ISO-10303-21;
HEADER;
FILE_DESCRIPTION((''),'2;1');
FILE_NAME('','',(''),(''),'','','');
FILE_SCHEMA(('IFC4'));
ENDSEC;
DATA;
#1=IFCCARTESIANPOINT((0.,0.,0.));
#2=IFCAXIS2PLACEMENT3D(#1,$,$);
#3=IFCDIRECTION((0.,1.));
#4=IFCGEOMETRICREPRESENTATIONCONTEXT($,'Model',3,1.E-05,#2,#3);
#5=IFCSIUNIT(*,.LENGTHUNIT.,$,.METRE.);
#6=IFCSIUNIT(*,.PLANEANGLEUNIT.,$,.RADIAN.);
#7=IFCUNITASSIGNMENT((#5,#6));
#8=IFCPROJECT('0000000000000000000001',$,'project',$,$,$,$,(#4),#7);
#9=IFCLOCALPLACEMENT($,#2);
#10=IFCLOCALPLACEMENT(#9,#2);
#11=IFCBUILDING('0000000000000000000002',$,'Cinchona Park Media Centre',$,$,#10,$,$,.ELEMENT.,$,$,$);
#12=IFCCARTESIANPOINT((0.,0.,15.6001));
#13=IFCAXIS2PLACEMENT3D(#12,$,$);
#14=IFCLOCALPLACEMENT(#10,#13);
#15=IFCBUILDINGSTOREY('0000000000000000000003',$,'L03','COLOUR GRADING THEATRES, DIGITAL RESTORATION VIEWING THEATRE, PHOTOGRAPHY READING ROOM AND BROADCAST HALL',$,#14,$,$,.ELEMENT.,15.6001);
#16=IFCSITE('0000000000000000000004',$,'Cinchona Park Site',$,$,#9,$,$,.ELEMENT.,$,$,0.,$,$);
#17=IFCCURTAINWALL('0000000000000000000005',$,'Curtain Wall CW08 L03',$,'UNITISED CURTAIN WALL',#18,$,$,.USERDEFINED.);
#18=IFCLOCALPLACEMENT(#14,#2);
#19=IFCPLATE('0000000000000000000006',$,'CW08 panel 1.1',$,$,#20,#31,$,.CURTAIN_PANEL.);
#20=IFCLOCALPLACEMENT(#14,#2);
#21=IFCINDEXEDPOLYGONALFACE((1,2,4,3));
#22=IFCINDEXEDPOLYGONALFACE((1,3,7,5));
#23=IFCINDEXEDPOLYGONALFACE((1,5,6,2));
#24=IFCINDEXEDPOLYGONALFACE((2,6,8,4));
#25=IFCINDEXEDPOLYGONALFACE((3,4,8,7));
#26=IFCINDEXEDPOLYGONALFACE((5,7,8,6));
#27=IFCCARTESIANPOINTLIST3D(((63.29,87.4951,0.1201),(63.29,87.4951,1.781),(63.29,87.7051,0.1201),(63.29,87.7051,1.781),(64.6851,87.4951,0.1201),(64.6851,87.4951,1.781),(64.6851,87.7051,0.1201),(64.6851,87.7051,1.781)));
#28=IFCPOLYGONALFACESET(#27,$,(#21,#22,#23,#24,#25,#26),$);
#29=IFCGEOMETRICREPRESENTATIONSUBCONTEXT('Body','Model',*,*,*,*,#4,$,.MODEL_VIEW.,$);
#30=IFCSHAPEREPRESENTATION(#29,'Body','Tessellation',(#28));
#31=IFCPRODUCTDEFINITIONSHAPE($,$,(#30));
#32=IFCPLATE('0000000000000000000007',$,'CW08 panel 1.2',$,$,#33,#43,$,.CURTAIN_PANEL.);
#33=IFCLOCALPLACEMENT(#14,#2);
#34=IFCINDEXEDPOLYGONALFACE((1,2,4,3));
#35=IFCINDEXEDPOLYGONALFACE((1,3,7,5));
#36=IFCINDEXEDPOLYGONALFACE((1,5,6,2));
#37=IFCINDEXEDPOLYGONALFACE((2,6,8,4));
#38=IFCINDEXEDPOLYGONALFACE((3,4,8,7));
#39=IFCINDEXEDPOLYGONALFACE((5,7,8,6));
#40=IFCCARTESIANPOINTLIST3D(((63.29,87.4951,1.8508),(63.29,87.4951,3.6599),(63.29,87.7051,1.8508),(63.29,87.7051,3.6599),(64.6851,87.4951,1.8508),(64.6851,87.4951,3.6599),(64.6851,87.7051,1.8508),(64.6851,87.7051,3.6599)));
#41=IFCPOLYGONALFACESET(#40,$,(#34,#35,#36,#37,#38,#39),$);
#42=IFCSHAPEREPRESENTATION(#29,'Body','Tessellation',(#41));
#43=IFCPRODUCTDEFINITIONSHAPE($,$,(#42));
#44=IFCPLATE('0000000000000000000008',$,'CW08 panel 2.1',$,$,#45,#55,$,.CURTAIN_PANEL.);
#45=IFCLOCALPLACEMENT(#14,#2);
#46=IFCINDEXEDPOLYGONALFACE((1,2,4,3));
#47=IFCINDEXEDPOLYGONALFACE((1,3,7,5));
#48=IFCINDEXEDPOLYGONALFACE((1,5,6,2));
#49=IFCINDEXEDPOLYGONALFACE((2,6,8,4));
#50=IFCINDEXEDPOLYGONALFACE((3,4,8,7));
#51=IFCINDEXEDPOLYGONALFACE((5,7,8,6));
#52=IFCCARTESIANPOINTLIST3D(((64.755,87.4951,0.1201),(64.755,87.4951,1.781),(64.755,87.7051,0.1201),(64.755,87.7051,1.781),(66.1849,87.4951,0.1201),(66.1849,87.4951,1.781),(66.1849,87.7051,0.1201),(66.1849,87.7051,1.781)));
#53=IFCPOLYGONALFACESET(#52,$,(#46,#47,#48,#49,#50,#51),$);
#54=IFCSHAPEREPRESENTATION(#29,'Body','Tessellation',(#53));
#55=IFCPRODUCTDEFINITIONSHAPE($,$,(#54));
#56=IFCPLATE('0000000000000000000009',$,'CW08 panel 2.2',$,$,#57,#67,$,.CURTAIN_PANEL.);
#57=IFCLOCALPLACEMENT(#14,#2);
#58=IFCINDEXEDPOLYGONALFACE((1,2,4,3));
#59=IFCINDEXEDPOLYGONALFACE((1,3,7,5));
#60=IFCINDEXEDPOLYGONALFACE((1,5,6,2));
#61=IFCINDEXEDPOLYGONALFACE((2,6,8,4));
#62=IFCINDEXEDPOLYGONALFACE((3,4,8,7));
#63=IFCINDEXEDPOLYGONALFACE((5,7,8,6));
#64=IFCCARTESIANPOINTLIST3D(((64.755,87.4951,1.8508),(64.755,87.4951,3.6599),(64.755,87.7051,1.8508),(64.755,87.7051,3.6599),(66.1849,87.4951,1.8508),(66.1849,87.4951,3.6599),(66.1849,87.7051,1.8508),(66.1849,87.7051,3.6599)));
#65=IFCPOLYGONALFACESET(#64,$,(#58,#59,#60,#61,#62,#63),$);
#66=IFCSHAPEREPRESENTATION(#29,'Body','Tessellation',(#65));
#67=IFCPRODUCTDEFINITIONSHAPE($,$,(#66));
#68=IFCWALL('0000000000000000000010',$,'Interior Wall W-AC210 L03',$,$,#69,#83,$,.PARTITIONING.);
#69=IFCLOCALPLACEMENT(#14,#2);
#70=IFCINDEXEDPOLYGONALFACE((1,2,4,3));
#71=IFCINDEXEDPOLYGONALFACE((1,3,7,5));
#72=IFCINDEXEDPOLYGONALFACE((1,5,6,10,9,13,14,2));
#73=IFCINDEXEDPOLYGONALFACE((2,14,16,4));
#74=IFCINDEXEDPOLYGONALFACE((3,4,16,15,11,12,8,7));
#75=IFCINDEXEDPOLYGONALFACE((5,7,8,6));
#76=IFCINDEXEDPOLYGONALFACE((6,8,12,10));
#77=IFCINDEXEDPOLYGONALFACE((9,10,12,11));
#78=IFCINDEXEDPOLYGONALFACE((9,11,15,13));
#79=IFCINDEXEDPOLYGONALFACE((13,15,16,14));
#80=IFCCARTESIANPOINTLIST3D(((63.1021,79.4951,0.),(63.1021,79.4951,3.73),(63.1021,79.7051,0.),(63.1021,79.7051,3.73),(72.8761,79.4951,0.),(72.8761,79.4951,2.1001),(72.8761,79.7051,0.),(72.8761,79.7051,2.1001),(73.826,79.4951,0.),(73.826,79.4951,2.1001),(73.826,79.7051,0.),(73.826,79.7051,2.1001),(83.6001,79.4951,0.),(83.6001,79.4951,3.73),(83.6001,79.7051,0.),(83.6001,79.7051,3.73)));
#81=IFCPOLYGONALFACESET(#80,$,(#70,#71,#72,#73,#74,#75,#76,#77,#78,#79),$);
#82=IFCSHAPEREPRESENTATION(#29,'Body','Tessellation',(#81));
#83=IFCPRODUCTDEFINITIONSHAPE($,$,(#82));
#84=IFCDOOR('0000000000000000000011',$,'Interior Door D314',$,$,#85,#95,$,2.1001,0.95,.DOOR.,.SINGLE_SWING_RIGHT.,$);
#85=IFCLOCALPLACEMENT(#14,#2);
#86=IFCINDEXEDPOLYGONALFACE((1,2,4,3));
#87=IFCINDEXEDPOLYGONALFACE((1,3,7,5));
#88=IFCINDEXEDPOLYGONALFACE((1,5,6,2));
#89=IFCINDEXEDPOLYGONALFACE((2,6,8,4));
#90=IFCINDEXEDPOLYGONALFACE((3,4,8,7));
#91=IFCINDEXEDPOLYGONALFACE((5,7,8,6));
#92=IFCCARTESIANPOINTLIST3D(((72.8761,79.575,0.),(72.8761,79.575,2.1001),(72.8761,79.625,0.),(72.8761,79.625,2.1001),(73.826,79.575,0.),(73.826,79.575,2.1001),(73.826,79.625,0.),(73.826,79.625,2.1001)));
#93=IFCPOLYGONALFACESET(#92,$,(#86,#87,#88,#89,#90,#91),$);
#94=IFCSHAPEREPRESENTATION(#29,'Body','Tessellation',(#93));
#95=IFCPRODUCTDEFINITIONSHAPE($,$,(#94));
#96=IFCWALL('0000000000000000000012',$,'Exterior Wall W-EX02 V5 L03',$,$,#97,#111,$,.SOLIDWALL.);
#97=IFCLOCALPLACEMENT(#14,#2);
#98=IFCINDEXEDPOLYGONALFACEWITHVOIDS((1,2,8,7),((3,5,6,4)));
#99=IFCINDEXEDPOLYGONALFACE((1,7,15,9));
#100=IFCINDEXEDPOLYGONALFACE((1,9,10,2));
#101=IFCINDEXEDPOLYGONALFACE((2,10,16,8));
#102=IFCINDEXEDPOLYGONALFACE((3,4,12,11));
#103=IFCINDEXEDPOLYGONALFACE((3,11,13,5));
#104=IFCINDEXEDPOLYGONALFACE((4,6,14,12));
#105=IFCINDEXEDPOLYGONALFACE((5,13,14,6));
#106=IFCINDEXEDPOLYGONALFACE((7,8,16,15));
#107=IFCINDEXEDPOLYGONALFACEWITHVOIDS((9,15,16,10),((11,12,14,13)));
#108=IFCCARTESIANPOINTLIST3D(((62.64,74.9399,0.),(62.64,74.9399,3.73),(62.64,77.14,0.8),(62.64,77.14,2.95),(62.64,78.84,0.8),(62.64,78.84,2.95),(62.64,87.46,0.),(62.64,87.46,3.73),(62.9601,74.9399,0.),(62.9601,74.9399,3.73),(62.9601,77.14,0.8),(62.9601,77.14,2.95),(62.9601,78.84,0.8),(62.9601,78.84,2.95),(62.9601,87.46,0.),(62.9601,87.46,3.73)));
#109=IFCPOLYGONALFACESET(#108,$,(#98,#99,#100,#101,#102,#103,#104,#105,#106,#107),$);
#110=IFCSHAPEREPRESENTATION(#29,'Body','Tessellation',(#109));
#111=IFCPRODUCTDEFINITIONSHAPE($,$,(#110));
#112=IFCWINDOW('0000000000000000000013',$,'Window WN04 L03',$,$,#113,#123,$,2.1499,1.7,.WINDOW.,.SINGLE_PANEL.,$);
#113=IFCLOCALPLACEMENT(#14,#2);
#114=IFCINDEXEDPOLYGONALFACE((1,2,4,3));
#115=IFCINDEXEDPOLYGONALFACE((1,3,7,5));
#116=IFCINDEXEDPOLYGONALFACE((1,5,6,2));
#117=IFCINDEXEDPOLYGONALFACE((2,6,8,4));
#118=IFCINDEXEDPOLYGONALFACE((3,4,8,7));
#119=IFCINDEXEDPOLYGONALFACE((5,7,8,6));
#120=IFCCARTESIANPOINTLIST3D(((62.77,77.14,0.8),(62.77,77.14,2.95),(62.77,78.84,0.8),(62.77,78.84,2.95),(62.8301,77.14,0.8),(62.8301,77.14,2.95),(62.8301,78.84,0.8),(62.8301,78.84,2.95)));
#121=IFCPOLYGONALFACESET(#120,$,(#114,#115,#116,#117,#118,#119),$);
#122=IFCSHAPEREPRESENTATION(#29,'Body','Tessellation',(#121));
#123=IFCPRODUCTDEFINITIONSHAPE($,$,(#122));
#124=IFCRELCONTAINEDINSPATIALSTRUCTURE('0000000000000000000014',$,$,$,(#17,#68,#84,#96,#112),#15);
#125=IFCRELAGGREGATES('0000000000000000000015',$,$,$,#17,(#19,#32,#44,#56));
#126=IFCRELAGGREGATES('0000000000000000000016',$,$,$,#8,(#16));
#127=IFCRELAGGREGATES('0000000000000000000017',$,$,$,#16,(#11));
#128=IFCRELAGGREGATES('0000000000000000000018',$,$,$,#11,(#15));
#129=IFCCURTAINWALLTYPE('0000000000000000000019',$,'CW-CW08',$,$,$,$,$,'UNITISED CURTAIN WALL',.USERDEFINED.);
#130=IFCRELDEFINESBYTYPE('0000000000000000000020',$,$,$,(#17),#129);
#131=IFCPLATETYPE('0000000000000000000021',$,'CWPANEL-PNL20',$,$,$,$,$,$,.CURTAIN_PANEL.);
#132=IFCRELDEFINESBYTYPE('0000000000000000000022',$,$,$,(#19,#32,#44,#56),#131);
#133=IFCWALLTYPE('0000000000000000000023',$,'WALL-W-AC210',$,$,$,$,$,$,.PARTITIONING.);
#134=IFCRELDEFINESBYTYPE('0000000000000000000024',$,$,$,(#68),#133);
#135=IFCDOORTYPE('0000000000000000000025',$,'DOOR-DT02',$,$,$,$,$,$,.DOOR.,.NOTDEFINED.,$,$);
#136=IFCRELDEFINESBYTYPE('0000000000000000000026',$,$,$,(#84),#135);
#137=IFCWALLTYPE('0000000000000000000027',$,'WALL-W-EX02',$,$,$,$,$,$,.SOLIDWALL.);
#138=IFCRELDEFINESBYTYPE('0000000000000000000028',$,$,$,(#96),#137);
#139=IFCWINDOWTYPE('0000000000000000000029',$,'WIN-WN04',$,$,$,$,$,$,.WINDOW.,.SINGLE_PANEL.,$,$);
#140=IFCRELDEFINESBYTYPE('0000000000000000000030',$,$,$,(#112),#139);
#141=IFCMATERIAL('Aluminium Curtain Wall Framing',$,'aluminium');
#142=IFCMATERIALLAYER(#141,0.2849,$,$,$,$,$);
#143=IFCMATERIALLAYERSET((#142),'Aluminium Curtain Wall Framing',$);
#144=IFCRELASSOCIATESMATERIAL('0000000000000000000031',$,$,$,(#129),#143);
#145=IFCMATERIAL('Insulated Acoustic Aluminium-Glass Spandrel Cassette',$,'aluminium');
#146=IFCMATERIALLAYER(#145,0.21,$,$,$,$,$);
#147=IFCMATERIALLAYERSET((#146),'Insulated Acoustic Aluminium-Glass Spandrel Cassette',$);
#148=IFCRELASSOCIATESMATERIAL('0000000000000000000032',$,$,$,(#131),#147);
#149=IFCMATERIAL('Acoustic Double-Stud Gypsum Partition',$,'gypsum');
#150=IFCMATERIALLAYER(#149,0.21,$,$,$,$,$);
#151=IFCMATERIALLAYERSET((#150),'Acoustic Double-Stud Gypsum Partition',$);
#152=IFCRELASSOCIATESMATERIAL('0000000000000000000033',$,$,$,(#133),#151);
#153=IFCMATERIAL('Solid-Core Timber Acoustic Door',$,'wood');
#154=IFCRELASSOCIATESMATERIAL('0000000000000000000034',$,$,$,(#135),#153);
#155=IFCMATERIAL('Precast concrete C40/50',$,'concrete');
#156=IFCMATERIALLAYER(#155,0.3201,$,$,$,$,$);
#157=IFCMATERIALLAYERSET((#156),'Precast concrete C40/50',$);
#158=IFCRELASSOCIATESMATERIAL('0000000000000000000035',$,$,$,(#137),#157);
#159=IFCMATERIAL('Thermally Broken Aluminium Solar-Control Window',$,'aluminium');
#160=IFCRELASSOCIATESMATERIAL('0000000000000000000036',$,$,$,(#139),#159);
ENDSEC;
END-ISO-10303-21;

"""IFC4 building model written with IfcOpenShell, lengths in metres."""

from ifc_helpers import new_model, si_unit, direction, frame, frame_2d, origin, origin_2d, place, context, subcontext, project, spatial, rectangle, extrude, material, layer, layer_set, type_object, element, fill, aggregate, save


model = new_model("IFC4")

# Units and contexts
model_context = context("Model", 3, precision=1e-05, world=origin(), true_north=direction((0.0, 1.0)))
body_context = subcontext(model_context, "Body", "Model", "MODEL_VIEW")
ifc_project = project(units=[si_unit("LENGTHUNIT", "METRE"), si_unit("PLANEANGLEUNIT", "RADIAN")], contexts=[model_context])

# Site, building, storey
site_placement = place(None, origin())
site = spatial("IfcSite", under=ifc_project, at=site_placement, Name="Cinchona Park Site", CompositionType="ELEMENT", RefElevation=0.0)
building_placement = place(site_placement, origin())
building = spatial("IfcBuilding", under=site, at=building_placement, Name="Cinchona Park Media Centre", CompositionType="ELEMENT")
storey_placement = place(building_placement, frame((0.0, 0.0, 15.6001)))
storey = spatial("IfcBuildingStorey", under=building, at=storey_placement, Name="L03", Description="COLOUR GRADING THEATRES, DIGITAL RESTORATION VIEWING THEATRE, PHOTOGRAPHY READING ROOM AND BROADCAST HALL", CompositionType="ELEMENT", Elevation=15.6001)

# Curtain wall, plates
ifc_material_1 = material(Name="Aluminium Curtain Wall Framing", Category="aluminium")
ifc_layer_1 = layer(ifc_material_1, 0.2849)
ifc_layer_set_1 = layer_set([ifc_layer_1], Name="Aluminium Curtain Wall Framing")
curtain_wall_type = type_object("IfcCurtainWallType", Name="CW-CW08", ElementType="UNITISED CURTAIN WALL", PredefinedType="USERDEFINED", material=ifc_layer_set_1)
curtain_wall_placement = place(storey_placement, origin())
curtain_wall = element("IfcCurtainWall", 1, at=curtain_wall_placement, inside=storey, type_object=curtain_wall_type, Name="Curtain Wall CW08 L03", ObjectType="UNITISED CURTAIN WALL", PredefinedType="USERDEFINED")
ifc_material_2 = material(Name="Insulated Acoustic Aluminium-Glass Spandrel Cassette", Category="aluminium")
ifc_layer_2 = layer(ifc_material_2, 0.21)
ifc_layer_set_2 = layer_set([ifc_layer_2], Name="Insulated Acoustic Aluminium-Glass Spandrel Cassette")
plate_type = type_object("IfcPlateType", Name="CWPANEL-PNL20", PredefinedType="CURTAIN_PANEL", material=ifc_layer_set_2)
plate_1_placement = place(storey_placement, frame((63.9875, 87.6001, 0.1201), z_axis=(0.0, 0.0, 1.0), x_axis=(1.0, 0.0, 0.0)))
plate_1 = element("IfcPlate", 2, at=plate_1_placement, type_object=plate_type, Name="CW08 panel 1.1", PredefinedType="CURTAIN_PANEL", context=body_context, shape_type="SweptSolid", body=[
    extrude(rectangle(XDim=1.395, YDim=0.21, at=origin_2d()), origin(), (0.0, 0.0, 1.0), 1.6609),
])
plate_2_placement = place(storey_placement, frame((63.9875, 87.6001, 1.8508), z_axis=(0.0, 0.0, 1.0), x_axis=(1.0, 0.0, 0.0)))
plate_2 = element("IfcPlate", 3, at=plate_2_placement, type_object=plate_type, Name="CW08 panel 1.2", PredefinedType="CURTAIN_PANEL", context=body_context, shape_type="SweptSolid", body=[
    extrude(rectangle(XDim=1.395, YDim=0.21, at=origin_2d()), origin(), (0.0, 0.0, 1.0), 1.8091),
])
plate_3_placement = place(storey_placement, frame((65.47, 87.6001, 0.1201), z_axis=(0.0, 0.0, 1.0), x_axis=(1.0, 0.0, 0.0)))
plate_3 = element("IfcPlate", 4, at=plate_3_placement, type_object=plate_type, Name="CW08 panel 2.1", PredefinedType="CURTAIN_PANEL", context=body_context, shape_type="SweptSolid", body=[
    extrude(rectangle(XDim=1.4299, YDim=0.21, at=origin_2d()), origin(), (0.0, 0.0, 1.0), 1.6609),
])
plate_4_placement = place(storey_placement, frame((65.47, 87.6001, 1.8508), z_axis=(0.0, 0.0, 1.0), x_axis=(1.0, 0.0, 0.0)))
plate_4 = element("IfcPlate", 5, at=plate_4_placement, type_object=plate_type, Name="CW08 panel 2.2", PredefinedType="CURTAIN_PANEL", context=body_context, shape_type="SweptSolid", body=[
    extrude(rectangle(XDim=1.4299, YDim=0.21, at=origin_2d()), origin(), (0.0, 0.0, 1.0), 1.8091),
])
aggregate(curtain_wall, [plate_1, plate_2, plate_3, plate_4])

# Wall, opening, door
ifc_material_3 = material(Name="Acoustic Double-Stud Gypsum Partition", Category="gypsum")
ifc_layer_3 = layer(ifc_material_3, 0.21)
ifc_layer_set_3 = layer_set([ifc_layer_3], Name="Acoustic Double-Stud Gypsum Partition")
wall_type_1 = type_object("IfcWallType", Name="WALL-W-AC210", PredefinedType="PARTITIONING", material=ifc_layer_set_3)
wall_1_placement = place(storey_placement, frame((63.1021, 79.6001, 0.0), z_axis=(0.0, 0.0, 1.0), x_axis=(1.0, 0.0, 0.0)))
wall_1 = element("IfcWall", 6, at=wall_1_placement, inside=storey, type_object=wall_type_1, Name="Interior Wall W-AC210 L03", PredefinedType="PARTITIONING", context=body_context, shape_type="SweptSolid", body=[
    extrude(rectangle(XDim=20.498, YDim=0.21, at=frame_2d((10.249, 0.0))), origin(), (0.0, 0.0, 1.0), 3.73),
])
opening_1_placement = place(wall_1_placement, frame((9.7739, 0.0, 0.0)))
opening_1 = element("IfcOpeningElement", 7, at=opening_1_placement, cuts=wall_1, PredefinedType="OPENING", context=body_context, shape_type="SweptSolid", body=[
    extrude(rectangle(XDim=0.95, YDim=2.1001, at=frame_2d((0.4751, 1.05))), frame((0.0, 0.115, 0.0), z_axis=(0.0, -1.0, 0.0), x_axis=(1.0, 0.0, 0.0)), (0.0, 0.0, 1.0), 0.23),
])
ifc_material_4 = material(Name="Solid-Core Timber Acoustic Door", Category="wood")
door_type = type_object("IfcDoorType", Name="DOOR-DT02", OperationType="NOTDEFINED", PredefinedType="DOOR", material=ifc_material_4)
door_placement = place(opening_1_placement, origin())
door = element("IfcDoor", 8, at=door_placement, inside=storey, type_object=door_type, Name="Interior Door D314", OperationType="SINGLE_SWING_RIGHT", OverallHeight=2.1001, OverallWidth=0.95, PredefinedType="DOOR", context=body_context, shape_type="SweptSolid", body=[
    extrude(rectangle(XDim=0.95, YDim=2.1001, at=frame_2d((0.4751, 1.05))), frame((0.0, 0.0249, 0.0), z_axis=(0.0, -1.0, 0.0), x_axis=(1.0, 0.0, 0.0)), (0.0, 0.0, 1.0), 0.05),
])
fill(opening_1, door)

# Wall, opening, window
ifc_material_5 = material(Name="Precast concrete C40/50", Category="concrete")
ifc_layer_4 = layer(ifc_material_5, 0.3201)
ifc_layer_set_4 = layer_set([ifc_layer_4], Name="Precast concrete C40/50")
wall_type_2 = type_object("IfcWallType", Name="WALL-W-EX02", PredefinedType="SOLIDWALL", material=ifc_layer_set_4)
wall_2_placement = place(storey_placement, frame((62.8, 74.9399, 0.0), z_axis=(0.0, 0.0, 1.0), x_axis=(0.0, 1.0, 0.0)))
wall_2 = element("IfcWall", 9, at=wall_2_placement, inside=storey, type_object=wall_type_2, Name="Exterior Wall W-EX02 V5 L03", PredefinedType="SOLIDWALL", context=body_context, shape_type="SweptSolid", body=[
    extrude(rectangle(XDim=12.52, YDim=0.3201, at=frame_2d((6.26, 0.0))), origin(), (0.0, 0.0, 1.0), 3.73),
])
opening_2_placement = place(wall_2_placement, frame((2.2, 0.0, 0.8)))
opening_2 = element("IfcOpeningElement", 10, at=opening_2_placement, cuts=wall_2, PredefinedType="OPENING", context=body_context, shape_type="SweptSolid", body=[
    extrude(rectangle(XDim=1.7, YDim=2.1499, at=frame_2d((0.8501, 1.075))), frame((0.0, 0.1699, 0.0), z_axis=(0.0, -1.0, 0.0), x_axis=(1.0, 0.0, 0.0)), (0.0, 0.0, 1.0), 0.3401),
])
ifc_material_6 = material(Name="Thermally Broken Aluminium Solar-Control Window", Category="aluminium")
window_type = type_object("IfcWindowType", Name="WIN-WN04", PartitioningType="SINGLE_PANEL", PredefinedType="WINDOW", material=ifc_material_6)
window_placement = place(opening_2_placement, origin())
window = element("IfcWindow", 11, at=window_placement, inside=storey, type_object=window_type, Name="Window WN04 L03", OverallHeight=2.1499, OverallWidth=1.7, PartitioningType="SINGLE_PANEL", PredefinedType="WINDOW", context=body_context, shape_type="SweptSolid", body=[
    extrude(rectangle(XDim=1.7, YDim=2.1499, at=frame_2d((0.8501, 1.075))), frame((0.0, 0.03, 0.0), z_axis=(0.0, -1.0, 0.0), x_axis=(1.0, 0.0, 0.0)), (0.0, 0.0, 1.0), 0.0601),
])
fill(opening_2, window)

save(model, "model.ifc")
